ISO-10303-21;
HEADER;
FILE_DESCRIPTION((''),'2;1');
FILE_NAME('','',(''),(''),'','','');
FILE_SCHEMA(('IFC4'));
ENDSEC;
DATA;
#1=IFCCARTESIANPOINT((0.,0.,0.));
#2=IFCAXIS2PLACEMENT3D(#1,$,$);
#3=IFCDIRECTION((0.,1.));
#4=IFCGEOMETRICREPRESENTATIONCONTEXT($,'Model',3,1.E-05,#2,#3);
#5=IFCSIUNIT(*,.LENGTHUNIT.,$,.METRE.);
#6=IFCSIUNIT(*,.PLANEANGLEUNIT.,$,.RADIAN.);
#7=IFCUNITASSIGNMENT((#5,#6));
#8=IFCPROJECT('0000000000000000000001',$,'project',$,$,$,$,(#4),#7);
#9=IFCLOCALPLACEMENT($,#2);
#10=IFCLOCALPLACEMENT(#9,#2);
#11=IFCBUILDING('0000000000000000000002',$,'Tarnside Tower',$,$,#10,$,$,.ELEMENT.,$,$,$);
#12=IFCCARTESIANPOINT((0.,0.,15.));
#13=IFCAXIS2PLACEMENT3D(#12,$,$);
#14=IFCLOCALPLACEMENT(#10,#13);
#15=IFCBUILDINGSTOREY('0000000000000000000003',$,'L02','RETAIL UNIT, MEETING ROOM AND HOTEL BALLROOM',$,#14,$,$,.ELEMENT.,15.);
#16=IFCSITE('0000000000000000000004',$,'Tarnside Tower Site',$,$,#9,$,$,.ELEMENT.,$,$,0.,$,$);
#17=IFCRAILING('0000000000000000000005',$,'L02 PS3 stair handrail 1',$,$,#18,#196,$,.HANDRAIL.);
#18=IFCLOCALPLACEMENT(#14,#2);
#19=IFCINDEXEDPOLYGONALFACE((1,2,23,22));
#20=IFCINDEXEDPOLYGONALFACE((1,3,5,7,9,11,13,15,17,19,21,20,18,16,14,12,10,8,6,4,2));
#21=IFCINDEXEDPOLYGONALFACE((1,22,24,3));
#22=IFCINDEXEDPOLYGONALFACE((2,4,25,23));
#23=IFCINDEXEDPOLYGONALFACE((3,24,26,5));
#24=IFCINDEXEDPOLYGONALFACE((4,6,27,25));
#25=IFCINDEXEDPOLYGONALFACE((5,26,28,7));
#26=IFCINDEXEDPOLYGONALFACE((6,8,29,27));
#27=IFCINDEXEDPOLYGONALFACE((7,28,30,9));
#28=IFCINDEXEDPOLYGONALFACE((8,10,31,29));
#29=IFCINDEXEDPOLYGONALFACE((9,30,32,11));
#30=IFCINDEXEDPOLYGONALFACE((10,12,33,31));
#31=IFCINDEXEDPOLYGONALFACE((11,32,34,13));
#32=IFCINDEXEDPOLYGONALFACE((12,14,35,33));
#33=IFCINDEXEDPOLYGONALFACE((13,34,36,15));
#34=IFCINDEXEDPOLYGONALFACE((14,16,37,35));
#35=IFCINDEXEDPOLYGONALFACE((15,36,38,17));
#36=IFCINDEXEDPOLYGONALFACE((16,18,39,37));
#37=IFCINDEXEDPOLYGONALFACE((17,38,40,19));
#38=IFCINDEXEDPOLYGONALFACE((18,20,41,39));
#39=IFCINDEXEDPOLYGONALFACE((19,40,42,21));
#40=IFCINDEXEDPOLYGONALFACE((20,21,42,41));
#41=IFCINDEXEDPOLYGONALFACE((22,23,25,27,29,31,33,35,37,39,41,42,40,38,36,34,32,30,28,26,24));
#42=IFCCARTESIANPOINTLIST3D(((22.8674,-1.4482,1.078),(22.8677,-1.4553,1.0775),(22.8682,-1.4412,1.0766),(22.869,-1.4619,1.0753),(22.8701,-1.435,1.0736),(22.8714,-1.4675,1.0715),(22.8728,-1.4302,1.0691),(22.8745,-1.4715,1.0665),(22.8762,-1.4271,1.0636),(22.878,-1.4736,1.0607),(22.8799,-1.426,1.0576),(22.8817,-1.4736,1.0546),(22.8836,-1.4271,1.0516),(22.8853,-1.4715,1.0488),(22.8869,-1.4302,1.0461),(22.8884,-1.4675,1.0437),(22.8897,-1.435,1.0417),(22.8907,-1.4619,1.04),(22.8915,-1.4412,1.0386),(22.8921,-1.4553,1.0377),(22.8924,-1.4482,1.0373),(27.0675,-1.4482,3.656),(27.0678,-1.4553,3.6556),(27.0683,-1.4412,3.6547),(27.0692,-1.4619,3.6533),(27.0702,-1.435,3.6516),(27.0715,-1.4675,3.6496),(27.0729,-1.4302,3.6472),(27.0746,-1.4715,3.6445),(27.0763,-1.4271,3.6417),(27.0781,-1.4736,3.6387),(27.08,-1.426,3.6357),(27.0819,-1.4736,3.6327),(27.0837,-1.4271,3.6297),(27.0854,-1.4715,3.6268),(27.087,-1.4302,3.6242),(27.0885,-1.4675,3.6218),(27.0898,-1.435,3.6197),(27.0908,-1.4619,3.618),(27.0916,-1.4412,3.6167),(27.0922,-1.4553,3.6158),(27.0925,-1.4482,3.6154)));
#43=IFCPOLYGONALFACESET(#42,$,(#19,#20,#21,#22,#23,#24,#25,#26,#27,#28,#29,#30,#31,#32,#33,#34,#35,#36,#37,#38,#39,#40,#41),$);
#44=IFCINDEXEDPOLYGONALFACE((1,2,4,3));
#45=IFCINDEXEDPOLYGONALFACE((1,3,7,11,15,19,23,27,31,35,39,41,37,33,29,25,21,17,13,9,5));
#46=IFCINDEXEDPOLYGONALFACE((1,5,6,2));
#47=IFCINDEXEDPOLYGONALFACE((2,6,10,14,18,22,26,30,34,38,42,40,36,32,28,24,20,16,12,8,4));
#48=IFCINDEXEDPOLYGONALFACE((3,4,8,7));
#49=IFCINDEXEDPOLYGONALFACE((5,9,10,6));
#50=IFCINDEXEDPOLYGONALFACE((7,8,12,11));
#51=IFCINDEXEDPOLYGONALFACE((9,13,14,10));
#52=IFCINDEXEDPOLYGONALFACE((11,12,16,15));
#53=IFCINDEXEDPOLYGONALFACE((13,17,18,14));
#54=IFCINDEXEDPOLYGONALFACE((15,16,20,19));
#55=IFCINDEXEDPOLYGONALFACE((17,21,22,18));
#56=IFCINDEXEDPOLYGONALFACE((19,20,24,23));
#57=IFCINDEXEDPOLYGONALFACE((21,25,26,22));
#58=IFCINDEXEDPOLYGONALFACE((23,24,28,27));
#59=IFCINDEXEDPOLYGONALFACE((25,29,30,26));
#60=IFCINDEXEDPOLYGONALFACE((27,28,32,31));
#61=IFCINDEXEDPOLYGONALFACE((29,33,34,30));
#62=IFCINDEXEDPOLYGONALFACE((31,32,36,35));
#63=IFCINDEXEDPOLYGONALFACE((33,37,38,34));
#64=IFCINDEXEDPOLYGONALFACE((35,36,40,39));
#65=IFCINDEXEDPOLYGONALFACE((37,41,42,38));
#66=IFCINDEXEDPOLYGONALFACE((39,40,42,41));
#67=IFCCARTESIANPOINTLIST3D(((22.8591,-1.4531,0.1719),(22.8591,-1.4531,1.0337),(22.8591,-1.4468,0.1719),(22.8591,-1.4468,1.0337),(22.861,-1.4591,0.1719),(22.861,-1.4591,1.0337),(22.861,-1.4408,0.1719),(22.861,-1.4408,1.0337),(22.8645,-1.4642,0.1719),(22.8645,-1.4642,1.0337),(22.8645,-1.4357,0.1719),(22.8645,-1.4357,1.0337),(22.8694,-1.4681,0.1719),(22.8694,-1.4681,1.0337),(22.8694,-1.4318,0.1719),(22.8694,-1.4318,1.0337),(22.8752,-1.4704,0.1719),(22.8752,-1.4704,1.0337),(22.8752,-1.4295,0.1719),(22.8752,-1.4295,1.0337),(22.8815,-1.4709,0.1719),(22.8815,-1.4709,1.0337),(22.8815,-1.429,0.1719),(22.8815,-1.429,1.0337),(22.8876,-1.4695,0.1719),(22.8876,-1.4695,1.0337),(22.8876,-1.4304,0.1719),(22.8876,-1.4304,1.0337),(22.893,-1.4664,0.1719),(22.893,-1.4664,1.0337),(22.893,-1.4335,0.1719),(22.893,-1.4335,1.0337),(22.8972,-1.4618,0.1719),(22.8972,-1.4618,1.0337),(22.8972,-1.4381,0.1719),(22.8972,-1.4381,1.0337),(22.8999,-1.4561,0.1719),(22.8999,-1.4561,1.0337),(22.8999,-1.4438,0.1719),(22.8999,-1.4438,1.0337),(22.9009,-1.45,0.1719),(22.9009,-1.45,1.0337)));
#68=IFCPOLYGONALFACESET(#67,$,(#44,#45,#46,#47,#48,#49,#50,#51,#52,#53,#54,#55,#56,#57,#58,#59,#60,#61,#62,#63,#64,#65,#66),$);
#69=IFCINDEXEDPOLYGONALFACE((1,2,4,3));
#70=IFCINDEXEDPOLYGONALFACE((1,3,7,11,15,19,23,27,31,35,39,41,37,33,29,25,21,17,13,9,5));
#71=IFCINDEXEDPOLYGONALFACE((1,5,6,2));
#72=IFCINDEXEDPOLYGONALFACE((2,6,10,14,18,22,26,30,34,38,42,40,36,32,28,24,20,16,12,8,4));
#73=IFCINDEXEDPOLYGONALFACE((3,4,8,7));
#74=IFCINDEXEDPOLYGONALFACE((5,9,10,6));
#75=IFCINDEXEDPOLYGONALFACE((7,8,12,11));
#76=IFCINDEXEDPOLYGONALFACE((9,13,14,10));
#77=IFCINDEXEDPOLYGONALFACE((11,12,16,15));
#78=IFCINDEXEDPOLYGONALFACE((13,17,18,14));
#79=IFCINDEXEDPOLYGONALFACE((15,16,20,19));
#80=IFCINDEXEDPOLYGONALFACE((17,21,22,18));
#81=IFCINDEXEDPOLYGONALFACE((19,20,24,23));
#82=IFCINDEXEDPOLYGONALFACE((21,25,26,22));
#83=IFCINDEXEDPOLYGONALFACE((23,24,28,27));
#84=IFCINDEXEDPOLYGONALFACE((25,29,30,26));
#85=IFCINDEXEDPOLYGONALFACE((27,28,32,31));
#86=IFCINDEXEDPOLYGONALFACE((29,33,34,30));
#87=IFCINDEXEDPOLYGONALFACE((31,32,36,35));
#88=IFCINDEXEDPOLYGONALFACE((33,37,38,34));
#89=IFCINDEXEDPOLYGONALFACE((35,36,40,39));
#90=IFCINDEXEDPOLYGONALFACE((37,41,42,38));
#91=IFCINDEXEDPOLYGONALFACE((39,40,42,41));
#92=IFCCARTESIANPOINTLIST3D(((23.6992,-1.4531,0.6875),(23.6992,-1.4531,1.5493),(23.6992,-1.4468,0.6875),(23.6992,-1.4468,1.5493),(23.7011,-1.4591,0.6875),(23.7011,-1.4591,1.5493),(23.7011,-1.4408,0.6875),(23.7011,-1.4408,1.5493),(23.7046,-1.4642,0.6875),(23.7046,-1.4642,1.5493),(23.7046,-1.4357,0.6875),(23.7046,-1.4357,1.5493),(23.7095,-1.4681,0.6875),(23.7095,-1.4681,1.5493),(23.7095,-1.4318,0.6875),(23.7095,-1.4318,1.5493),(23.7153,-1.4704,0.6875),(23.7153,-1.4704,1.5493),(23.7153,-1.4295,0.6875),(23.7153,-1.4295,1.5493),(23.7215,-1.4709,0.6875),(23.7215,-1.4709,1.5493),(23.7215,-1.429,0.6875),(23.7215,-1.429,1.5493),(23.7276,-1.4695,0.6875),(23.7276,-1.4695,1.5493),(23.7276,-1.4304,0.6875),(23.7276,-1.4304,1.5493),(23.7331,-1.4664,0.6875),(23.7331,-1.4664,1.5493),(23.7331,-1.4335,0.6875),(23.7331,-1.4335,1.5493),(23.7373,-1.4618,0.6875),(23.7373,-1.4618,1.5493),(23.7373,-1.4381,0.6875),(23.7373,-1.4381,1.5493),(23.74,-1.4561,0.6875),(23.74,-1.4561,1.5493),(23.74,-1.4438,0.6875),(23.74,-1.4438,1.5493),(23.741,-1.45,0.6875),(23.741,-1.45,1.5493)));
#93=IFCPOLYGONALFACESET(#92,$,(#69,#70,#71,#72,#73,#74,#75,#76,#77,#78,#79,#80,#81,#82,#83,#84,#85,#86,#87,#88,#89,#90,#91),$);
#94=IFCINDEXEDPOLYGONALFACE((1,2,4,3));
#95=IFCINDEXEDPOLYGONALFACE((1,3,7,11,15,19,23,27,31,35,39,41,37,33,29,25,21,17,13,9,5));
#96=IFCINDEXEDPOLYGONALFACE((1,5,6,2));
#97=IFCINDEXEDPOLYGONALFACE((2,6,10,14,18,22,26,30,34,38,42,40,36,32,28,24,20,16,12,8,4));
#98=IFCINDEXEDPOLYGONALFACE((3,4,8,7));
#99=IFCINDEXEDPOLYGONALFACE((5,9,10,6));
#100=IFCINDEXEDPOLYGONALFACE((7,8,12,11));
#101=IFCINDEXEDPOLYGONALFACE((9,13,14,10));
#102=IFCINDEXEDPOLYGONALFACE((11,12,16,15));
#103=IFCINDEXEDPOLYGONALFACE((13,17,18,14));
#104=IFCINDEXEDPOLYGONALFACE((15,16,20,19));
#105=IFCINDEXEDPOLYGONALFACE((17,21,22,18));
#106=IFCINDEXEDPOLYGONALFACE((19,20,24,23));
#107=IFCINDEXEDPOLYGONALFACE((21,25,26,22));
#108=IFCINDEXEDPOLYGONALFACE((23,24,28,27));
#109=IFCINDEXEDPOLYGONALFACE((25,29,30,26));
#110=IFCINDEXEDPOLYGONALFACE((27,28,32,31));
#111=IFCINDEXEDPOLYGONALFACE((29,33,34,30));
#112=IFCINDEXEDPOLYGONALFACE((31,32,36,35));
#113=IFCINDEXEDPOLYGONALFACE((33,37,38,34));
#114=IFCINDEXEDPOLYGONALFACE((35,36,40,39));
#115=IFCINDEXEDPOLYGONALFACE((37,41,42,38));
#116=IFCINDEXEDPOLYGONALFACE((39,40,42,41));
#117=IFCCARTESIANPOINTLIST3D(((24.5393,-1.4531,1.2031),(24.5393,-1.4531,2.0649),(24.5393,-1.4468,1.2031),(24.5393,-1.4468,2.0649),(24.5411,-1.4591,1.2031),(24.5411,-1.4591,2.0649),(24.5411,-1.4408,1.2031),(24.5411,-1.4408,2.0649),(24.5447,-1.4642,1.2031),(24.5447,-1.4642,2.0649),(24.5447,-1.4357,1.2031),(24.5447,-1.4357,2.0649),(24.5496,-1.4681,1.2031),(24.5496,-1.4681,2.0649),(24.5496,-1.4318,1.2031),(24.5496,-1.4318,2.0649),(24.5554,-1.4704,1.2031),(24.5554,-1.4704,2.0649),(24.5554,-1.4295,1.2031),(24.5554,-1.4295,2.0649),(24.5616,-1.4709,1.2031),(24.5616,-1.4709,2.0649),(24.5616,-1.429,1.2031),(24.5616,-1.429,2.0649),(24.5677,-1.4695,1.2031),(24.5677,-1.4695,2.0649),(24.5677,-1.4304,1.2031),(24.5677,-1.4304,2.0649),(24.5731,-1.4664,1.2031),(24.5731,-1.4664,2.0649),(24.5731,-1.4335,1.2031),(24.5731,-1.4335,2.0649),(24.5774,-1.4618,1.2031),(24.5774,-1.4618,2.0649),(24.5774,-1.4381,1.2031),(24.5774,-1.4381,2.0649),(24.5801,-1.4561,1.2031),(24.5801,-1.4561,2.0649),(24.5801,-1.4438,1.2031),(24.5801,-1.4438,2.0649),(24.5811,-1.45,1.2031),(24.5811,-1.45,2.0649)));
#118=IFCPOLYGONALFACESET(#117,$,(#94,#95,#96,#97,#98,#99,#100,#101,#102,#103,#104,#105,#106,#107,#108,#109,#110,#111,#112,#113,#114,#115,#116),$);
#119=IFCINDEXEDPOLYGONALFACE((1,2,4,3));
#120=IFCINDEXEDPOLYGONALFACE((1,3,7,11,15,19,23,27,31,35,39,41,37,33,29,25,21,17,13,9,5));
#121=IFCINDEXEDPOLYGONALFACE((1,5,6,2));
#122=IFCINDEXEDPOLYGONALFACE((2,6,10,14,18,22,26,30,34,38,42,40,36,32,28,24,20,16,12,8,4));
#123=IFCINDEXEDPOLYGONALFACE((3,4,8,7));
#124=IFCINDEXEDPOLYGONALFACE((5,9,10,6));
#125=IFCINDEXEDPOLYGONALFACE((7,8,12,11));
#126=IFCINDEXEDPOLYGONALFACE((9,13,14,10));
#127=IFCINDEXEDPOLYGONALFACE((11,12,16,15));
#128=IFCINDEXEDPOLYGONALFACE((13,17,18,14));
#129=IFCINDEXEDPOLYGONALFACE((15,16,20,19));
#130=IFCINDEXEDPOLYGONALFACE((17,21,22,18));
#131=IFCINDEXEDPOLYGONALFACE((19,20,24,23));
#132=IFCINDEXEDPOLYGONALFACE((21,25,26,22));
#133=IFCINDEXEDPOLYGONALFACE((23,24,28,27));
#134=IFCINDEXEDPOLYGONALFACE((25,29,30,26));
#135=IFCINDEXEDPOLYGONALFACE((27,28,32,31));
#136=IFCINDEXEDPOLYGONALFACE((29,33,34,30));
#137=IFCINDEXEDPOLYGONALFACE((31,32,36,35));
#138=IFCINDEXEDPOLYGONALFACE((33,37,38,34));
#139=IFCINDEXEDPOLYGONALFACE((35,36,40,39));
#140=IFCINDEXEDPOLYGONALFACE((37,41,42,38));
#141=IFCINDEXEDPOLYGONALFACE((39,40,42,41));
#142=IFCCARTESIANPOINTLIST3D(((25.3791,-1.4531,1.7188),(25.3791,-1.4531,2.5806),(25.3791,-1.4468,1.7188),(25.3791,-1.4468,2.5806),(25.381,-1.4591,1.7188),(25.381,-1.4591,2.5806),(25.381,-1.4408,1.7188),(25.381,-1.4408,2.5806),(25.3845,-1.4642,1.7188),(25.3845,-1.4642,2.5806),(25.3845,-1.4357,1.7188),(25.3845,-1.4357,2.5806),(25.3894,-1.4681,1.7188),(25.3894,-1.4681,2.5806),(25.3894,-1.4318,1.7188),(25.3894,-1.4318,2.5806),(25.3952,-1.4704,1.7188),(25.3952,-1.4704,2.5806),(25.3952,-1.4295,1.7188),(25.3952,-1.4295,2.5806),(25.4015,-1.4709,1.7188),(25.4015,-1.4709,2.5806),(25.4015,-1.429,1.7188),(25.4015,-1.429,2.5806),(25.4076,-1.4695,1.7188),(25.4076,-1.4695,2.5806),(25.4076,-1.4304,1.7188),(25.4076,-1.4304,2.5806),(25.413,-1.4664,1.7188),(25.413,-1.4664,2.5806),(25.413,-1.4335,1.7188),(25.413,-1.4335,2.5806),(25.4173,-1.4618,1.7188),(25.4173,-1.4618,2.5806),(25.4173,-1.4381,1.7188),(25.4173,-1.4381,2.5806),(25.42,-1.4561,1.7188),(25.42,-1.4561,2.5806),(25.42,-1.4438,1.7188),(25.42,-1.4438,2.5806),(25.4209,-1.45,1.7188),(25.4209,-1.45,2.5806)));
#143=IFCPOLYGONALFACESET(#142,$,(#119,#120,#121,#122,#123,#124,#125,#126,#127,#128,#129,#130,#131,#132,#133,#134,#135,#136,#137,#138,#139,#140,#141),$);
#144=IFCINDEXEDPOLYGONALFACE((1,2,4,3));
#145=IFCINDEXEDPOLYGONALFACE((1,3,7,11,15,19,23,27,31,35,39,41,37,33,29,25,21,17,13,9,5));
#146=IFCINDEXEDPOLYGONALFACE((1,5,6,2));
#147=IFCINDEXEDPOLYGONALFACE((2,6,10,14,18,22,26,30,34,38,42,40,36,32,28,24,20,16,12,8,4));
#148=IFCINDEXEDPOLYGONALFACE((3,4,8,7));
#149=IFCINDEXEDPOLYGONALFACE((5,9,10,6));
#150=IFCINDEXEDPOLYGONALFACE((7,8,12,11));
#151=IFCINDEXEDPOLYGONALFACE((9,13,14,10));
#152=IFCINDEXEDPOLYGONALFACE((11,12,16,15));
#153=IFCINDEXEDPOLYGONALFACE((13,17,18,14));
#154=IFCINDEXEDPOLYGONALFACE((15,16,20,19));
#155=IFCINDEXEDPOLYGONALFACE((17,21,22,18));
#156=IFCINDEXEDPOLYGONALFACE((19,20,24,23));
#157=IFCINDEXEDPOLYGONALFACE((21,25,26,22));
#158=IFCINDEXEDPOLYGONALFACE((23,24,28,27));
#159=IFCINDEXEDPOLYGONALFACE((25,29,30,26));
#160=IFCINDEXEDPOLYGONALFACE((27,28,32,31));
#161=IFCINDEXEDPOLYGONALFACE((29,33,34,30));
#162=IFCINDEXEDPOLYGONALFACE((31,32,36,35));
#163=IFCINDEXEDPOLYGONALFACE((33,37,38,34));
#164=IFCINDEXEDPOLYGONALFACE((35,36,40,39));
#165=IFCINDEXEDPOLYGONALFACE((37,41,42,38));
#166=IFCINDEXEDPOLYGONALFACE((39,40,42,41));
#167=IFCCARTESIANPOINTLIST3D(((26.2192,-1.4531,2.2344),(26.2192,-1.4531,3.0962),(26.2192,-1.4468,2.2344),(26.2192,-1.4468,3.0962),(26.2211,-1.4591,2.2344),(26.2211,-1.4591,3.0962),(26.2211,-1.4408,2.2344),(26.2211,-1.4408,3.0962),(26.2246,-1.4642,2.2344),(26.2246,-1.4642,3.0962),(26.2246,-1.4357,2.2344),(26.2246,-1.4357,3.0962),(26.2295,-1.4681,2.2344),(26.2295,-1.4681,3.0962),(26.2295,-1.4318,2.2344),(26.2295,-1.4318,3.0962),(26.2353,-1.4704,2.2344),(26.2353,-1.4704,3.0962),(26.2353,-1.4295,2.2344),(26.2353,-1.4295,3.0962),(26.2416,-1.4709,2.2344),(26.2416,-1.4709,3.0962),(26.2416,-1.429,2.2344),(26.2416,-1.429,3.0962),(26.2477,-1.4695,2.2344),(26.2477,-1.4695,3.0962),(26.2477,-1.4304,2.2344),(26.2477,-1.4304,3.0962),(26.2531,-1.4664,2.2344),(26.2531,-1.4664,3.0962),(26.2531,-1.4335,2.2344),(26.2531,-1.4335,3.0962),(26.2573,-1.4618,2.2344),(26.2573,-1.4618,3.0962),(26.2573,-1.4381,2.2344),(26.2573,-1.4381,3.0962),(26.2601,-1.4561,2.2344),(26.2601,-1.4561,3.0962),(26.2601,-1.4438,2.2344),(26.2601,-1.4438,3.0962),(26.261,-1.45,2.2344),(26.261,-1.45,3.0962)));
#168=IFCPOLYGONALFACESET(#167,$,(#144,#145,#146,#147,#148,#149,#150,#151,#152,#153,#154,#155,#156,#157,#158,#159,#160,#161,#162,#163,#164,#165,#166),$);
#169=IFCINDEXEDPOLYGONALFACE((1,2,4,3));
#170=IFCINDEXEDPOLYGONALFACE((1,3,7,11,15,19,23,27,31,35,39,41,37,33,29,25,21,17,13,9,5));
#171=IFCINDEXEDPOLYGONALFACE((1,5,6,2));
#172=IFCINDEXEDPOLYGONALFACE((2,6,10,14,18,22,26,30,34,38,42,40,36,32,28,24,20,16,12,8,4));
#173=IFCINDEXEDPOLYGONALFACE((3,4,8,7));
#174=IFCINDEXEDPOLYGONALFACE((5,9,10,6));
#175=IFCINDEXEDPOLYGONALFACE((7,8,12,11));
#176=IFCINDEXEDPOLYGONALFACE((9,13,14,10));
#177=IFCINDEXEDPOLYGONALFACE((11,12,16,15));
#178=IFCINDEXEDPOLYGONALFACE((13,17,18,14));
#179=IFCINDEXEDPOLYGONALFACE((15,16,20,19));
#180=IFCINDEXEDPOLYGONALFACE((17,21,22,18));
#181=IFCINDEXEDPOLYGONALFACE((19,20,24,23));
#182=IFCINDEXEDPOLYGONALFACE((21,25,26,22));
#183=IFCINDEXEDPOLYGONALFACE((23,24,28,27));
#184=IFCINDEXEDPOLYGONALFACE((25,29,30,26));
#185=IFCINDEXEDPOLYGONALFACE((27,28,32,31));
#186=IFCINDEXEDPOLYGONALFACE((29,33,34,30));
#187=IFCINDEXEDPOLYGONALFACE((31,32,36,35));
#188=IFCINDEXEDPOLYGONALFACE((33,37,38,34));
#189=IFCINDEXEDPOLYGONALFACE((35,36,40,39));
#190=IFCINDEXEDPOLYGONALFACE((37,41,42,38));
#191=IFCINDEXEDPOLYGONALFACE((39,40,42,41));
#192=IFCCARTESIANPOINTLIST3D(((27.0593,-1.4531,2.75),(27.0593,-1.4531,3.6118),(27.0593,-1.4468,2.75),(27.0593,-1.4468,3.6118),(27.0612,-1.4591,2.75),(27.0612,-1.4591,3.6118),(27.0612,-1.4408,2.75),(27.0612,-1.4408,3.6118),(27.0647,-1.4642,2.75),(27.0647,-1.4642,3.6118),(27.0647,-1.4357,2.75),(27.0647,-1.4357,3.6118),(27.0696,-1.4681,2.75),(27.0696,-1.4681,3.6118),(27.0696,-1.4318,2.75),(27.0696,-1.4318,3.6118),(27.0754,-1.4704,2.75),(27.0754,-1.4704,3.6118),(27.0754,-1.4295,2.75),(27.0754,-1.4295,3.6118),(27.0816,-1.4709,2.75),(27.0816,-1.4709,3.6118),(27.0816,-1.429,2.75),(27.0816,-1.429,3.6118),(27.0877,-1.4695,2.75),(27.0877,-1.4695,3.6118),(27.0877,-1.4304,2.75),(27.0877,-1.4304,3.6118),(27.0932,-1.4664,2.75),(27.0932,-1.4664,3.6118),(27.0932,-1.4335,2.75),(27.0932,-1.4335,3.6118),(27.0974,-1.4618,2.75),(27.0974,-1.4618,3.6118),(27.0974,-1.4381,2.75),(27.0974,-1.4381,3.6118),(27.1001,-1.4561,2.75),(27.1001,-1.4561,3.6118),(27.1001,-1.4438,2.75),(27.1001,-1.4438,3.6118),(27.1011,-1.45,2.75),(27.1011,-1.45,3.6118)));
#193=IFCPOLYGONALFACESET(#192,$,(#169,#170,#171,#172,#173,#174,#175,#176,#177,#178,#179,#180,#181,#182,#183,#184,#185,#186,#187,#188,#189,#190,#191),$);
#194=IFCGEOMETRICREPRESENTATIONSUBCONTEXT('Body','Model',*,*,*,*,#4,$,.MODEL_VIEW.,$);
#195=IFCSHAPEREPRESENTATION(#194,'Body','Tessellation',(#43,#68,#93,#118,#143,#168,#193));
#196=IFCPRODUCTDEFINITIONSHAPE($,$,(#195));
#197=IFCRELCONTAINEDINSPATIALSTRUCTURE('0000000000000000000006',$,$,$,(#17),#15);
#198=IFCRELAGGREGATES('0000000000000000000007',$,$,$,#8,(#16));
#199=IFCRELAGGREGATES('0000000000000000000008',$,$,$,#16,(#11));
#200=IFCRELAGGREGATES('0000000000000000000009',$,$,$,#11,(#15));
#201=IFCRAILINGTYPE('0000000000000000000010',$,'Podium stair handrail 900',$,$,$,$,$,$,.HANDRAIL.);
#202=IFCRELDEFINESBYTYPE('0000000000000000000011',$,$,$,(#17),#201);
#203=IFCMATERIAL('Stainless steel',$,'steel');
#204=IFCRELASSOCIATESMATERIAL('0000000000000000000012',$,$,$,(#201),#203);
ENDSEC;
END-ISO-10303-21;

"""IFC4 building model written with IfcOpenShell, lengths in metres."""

from ifc_helpers import new_model, si_unit, direction, frame, origin, origin_2d, place, context, subcontext, project, spatial, circle, extrude, material, type_object, element, save


model = new_model("IFC4")

# Units and contexts
model_context = context("Model", 3, precision=1e-05, world=origin(), true_north=direction((0.0, 1.0)))
body_context = subcontext(model_context, "Body", "Model", "MODEL_VIEW")
ifc_project = project(units=[si_unit("LENGTHUNIT", "METRE"), si_unit("PLANEANGLEUNIT", "RADIAN")], contexts=[model_context])

# Site, building, storey
site_placement = place(None, origin())
site = spatial("IfcSite", under=ifc_project, at=site_placement, Name="Tarnside Tower Site", CompositionType="ELEMENT", RefElevation=0.0)
building_placement = place(site_placement, origin())
building = spatial("IfcBuilding", under=site, at=building_placement, Name="Tarnside Tower", CompositionType="ELEMENT")
storey_placement = place(building_placement, frame((0.0, 0.0, 15.0)))
storey = spatial("IfcBuildingStorey", under=building, at=storey_placement, Name="L02", Description="RETAIL UNIT, MEETING ROOM AND HOTEL BALLROOM", CompositionType="ELEMENT", Elevation=15.0)

# Railing
ifc_material_1 = material(Name="Stainless steel", Category="steel")
railing_type_1 = type_object("IfcRailingType", Name="Podium stair handrail 900", PredefinedType="HANDRAIL", material=ifc_material_1)
railing_1_placement = place(storey_placement, frame((22.8799, -1.45, 0.1719)))
element("IfcRailing", 1, at=railing_1_placement, inside=storey, type_object=railing_type_1, Name="L02 PS3 stair handrail 1", PredefinedType="HANDRAIL", context=body_context, shape_type="SweptSolid", body=[
    extrude(circle(Radius=0.0239, at=origin_2d()), frame((0.0, 0.0, 0.8857), z_axis=(0.852256, 0.0, 0.523124), x_axis=(0.0, 1.0, 0.0)), (0.0, 0.0, 1.0), 4.9282),
    extrude(circle(Radius=0.021, at=origin_2d()), origin(), (0.0, 0.0, 1.0), 0.8618),
    extrude(circle(Radius=0.021, at=origin_2d()), frame((0.8401, 0.0, 0.5156)), (0.0, 0.0, 1.0), 0.8618),
    extrude(circle(Radius=0.021, at=origin_2d()), frame((1.6802, 0.0, 1.0312)), (0.0, 0.0, 1.0), 0.8618),
    extrude(circle(Radius=0.021, at=origin_2d()), frame((2.52, 0.0, 1.5469)), (0.0, 0.0, 1.0), 0.8618),
    extrude(circle(Radius=0.021, at=origin_2d()), frame((3.3601, 0.0, 2.0625)), (0.0, 0.0, 1.0), 0.8618),
    extrude(circle(Radius=0.021, at=origin_2d()), frame((4.2002, 0.0, 2.5781)), (0.0, 0.0, 1.0), 0.8618),
])

save(model, "model.ifc")
